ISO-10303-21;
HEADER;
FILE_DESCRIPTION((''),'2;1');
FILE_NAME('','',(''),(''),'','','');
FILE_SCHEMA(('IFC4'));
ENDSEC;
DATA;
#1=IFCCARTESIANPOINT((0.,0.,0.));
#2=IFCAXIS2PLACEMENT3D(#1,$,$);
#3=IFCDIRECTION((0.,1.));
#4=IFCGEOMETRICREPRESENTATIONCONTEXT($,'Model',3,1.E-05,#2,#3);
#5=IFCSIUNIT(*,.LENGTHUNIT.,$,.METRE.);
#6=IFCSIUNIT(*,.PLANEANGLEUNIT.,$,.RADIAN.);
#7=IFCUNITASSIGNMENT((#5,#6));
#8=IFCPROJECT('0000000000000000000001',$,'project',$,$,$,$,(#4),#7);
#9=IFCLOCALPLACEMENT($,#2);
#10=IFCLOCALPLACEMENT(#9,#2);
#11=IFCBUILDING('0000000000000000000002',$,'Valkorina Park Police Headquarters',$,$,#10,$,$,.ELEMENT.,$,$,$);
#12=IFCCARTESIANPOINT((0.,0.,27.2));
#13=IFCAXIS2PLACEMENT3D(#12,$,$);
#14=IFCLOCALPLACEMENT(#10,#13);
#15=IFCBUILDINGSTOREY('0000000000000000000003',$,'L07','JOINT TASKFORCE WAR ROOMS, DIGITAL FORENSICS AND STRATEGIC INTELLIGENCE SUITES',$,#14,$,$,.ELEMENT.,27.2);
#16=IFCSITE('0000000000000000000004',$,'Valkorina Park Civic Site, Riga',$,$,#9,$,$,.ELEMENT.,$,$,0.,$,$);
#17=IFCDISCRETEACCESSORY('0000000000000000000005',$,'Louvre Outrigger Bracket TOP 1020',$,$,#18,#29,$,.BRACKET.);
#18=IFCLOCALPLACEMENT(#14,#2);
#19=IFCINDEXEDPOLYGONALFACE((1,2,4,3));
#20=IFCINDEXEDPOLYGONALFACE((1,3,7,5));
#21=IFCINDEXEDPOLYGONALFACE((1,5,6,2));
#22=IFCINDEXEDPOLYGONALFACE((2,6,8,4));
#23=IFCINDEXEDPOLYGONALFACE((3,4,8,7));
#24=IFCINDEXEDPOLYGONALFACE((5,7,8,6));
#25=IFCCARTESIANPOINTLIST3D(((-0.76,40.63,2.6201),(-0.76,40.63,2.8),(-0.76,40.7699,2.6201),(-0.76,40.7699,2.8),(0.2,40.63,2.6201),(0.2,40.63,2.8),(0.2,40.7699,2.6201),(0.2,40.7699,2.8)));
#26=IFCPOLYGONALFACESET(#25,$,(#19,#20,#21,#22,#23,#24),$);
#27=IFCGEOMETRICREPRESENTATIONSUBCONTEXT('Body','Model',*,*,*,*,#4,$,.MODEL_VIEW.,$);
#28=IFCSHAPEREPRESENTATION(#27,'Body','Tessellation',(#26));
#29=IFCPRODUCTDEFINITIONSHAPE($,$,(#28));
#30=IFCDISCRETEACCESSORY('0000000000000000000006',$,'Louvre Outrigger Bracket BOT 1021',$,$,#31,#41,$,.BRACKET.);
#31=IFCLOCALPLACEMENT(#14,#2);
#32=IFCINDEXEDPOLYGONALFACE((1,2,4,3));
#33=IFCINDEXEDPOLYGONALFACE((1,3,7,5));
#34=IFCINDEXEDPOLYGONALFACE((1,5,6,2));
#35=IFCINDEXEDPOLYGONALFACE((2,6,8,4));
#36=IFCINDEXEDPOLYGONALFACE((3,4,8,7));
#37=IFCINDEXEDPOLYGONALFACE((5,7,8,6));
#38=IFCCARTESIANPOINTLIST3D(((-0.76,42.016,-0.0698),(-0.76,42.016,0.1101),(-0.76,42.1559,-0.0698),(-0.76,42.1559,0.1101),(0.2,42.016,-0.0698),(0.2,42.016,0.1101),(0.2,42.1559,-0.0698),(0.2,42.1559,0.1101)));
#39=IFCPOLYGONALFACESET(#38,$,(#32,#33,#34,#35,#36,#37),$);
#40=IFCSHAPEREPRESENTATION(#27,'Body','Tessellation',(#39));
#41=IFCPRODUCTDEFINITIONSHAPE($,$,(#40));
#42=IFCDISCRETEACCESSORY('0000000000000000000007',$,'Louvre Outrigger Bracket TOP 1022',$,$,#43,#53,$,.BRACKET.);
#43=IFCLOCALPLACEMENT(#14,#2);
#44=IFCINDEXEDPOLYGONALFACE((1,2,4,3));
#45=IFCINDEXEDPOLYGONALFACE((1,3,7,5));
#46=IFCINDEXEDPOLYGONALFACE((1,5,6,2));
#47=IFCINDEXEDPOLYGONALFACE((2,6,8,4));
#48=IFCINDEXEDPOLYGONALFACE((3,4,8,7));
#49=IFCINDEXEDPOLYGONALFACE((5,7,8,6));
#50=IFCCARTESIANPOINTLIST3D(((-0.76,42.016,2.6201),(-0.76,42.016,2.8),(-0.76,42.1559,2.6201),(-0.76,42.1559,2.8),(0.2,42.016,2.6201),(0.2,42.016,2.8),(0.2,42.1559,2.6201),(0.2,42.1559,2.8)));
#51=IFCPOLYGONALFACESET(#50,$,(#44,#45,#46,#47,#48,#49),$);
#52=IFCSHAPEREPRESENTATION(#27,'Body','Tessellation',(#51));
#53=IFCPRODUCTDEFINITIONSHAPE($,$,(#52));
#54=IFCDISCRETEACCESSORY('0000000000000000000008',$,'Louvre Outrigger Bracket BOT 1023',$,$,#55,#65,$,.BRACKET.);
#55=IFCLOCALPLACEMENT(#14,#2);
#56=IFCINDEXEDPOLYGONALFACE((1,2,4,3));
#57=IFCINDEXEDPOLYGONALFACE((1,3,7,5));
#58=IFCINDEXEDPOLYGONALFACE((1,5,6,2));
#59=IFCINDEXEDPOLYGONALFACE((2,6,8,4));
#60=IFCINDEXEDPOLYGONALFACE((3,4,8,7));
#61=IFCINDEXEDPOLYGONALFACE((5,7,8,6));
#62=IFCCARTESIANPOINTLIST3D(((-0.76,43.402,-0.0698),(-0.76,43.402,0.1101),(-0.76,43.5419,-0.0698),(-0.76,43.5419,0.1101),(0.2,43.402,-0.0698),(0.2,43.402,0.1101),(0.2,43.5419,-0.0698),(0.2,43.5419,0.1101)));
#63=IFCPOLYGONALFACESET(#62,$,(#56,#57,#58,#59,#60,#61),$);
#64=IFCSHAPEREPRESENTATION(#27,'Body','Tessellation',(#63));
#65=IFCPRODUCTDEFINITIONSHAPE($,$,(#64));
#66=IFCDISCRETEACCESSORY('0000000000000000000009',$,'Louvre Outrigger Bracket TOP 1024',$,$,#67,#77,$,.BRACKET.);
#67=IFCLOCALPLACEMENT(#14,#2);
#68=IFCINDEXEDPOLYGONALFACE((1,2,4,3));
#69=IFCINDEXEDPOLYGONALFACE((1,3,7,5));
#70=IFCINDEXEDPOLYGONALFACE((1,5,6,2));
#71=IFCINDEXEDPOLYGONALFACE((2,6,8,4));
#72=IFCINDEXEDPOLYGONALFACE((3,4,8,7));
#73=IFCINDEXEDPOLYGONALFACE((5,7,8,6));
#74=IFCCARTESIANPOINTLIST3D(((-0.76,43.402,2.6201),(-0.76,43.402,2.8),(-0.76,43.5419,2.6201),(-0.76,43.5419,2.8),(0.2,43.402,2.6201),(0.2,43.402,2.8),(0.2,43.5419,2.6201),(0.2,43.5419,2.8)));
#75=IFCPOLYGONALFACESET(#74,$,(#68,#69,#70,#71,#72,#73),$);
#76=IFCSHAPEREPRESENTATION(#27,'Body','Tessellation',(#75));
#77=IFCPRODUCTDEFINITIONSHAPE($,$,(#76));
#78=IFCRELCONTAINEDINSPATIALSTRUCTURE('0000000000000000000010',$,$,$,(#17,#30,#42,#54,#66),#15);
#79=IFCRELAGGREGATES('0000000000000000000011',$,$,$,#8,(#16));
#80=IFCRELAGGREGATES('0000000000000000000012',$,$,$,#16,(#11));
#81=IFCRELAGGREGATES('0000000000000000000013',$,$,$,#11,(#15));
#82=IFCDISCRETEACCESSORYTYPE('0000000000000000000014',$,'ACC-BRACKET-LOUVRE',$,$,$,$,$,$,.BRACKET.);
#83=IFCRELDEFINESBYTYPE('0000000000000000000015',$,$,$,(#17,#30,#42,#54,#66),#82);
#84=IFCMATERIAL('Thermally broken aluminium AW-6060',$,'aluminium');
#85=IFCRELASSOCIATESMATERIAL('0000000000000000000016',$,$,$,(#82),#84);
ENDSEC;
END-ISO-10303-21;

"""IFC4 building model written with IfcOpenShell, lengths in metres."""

from ifc_helpers import new_model, si_unit, direction, frame, origin, origin_2d, place, context, subcontext, project, spatial, rectangle, extrude, material, type_object, element, save


model = new_model("IFC4")

# Units and contexts
model_context = context("Model", 3, precision=1e-05, world=origin(), true_north=direction((0.0, 1.0)))
body_context = subcontext(model_context, "Body", "Model", "MODEL_VIEW")
ifc_project = project(units=[si_unit("LENGTHUNIT", "METRE"), si_unit("PLANEANGLEUNIT", "RADIAN")], contexts=[model_context])

# Site, building, storey
site_placement = place(None, origin())
site = spatial("IfcSite", under=ifc_project, at=site_placement, Name="Valkorina Park Civic Site, Riga", CompositionType="ELEMENT", RefElevation=0.0)
building_placement = place(site_placement, origin())
building = spatial("IfcBuilding", under=site, at=building_placement, Name="Valkorina Park Police Headquarters", CompositionType="ELEMENT")
storey_placement = place(building_placement, frame((0.0, 0.0, 27.2)))
storey = spatial("IfcBuildingStorey", under=building, at=storey_placement, Name="L07", Description="JOINT TASKFORCE WAR ROOMS, DIGITAL FORENSICS AND STRATEGIC INTELLIGENCE SUITES", CompositionType="ELEMENT", Elevation=27.2)

# Shared definitions
ifc_material_1 = material(Name="Thermally broken aluminium AW-6060", Category="aluminium")

# Discrete accessories
discrete_accessory_type = type_object("IfcDiscreteAccessoryType", Name="ACC-BRACKET-LOUVRE", PredefinedType="BRACKET", material=ifc_material_1)
for number, where, z_axis, x_axis, name in (
    (1, (-0.28, 40.7, 2.6201), (0.0, 0.0, 1.0), (-1.0, 0.0, 0.0), "Louvre Outrigger Bracket TOP 1020"),
    (2, (-0.28, 42.0859, -0.0698), (0.0, 0.0, 1.0), (-1.0, 0.0, 0.0), "Louvre Outrigger Bracket BOT 1021"),
    (3, (-0.28, 42.0859, 2.6201), (0.0, 0.0, 1.0), (-1.0, 0.0, 0.0), "Louvre Outrigger Bracket TOP 1022"),
    (4, (-0.28, 43.4719, -0.0698), (0.0, 0.0, 1.0), (-1.0, 0.0, 0.0), "Louvre Outrigger Bracket BOT 1023"),
    (5, (-0.28, 43.4719, 2.6201), (0.0, 0.0, 1.0), (-1.0, 0.0, 0.0), "Louvre Outrigger Bracket TOP 1024"),
):
    element("IfcDiscreteAccessory", number, at=place(storey_placement, frame(where, z_axis=z_axis, x_axis=x_axis)), inside=storey, type_object=discrete_accessory_type, Name=name, PredefinedType="BRACKET", context=body_context, shape_type="SweptSolid", body=[
        extrude(rectangle(XDim=0.96, YDim=0.1399, at=origin_2d()), origin(), (0.0, 0.0, 1.0), 0.1799),
    ])

save(model, "model.ifc")
